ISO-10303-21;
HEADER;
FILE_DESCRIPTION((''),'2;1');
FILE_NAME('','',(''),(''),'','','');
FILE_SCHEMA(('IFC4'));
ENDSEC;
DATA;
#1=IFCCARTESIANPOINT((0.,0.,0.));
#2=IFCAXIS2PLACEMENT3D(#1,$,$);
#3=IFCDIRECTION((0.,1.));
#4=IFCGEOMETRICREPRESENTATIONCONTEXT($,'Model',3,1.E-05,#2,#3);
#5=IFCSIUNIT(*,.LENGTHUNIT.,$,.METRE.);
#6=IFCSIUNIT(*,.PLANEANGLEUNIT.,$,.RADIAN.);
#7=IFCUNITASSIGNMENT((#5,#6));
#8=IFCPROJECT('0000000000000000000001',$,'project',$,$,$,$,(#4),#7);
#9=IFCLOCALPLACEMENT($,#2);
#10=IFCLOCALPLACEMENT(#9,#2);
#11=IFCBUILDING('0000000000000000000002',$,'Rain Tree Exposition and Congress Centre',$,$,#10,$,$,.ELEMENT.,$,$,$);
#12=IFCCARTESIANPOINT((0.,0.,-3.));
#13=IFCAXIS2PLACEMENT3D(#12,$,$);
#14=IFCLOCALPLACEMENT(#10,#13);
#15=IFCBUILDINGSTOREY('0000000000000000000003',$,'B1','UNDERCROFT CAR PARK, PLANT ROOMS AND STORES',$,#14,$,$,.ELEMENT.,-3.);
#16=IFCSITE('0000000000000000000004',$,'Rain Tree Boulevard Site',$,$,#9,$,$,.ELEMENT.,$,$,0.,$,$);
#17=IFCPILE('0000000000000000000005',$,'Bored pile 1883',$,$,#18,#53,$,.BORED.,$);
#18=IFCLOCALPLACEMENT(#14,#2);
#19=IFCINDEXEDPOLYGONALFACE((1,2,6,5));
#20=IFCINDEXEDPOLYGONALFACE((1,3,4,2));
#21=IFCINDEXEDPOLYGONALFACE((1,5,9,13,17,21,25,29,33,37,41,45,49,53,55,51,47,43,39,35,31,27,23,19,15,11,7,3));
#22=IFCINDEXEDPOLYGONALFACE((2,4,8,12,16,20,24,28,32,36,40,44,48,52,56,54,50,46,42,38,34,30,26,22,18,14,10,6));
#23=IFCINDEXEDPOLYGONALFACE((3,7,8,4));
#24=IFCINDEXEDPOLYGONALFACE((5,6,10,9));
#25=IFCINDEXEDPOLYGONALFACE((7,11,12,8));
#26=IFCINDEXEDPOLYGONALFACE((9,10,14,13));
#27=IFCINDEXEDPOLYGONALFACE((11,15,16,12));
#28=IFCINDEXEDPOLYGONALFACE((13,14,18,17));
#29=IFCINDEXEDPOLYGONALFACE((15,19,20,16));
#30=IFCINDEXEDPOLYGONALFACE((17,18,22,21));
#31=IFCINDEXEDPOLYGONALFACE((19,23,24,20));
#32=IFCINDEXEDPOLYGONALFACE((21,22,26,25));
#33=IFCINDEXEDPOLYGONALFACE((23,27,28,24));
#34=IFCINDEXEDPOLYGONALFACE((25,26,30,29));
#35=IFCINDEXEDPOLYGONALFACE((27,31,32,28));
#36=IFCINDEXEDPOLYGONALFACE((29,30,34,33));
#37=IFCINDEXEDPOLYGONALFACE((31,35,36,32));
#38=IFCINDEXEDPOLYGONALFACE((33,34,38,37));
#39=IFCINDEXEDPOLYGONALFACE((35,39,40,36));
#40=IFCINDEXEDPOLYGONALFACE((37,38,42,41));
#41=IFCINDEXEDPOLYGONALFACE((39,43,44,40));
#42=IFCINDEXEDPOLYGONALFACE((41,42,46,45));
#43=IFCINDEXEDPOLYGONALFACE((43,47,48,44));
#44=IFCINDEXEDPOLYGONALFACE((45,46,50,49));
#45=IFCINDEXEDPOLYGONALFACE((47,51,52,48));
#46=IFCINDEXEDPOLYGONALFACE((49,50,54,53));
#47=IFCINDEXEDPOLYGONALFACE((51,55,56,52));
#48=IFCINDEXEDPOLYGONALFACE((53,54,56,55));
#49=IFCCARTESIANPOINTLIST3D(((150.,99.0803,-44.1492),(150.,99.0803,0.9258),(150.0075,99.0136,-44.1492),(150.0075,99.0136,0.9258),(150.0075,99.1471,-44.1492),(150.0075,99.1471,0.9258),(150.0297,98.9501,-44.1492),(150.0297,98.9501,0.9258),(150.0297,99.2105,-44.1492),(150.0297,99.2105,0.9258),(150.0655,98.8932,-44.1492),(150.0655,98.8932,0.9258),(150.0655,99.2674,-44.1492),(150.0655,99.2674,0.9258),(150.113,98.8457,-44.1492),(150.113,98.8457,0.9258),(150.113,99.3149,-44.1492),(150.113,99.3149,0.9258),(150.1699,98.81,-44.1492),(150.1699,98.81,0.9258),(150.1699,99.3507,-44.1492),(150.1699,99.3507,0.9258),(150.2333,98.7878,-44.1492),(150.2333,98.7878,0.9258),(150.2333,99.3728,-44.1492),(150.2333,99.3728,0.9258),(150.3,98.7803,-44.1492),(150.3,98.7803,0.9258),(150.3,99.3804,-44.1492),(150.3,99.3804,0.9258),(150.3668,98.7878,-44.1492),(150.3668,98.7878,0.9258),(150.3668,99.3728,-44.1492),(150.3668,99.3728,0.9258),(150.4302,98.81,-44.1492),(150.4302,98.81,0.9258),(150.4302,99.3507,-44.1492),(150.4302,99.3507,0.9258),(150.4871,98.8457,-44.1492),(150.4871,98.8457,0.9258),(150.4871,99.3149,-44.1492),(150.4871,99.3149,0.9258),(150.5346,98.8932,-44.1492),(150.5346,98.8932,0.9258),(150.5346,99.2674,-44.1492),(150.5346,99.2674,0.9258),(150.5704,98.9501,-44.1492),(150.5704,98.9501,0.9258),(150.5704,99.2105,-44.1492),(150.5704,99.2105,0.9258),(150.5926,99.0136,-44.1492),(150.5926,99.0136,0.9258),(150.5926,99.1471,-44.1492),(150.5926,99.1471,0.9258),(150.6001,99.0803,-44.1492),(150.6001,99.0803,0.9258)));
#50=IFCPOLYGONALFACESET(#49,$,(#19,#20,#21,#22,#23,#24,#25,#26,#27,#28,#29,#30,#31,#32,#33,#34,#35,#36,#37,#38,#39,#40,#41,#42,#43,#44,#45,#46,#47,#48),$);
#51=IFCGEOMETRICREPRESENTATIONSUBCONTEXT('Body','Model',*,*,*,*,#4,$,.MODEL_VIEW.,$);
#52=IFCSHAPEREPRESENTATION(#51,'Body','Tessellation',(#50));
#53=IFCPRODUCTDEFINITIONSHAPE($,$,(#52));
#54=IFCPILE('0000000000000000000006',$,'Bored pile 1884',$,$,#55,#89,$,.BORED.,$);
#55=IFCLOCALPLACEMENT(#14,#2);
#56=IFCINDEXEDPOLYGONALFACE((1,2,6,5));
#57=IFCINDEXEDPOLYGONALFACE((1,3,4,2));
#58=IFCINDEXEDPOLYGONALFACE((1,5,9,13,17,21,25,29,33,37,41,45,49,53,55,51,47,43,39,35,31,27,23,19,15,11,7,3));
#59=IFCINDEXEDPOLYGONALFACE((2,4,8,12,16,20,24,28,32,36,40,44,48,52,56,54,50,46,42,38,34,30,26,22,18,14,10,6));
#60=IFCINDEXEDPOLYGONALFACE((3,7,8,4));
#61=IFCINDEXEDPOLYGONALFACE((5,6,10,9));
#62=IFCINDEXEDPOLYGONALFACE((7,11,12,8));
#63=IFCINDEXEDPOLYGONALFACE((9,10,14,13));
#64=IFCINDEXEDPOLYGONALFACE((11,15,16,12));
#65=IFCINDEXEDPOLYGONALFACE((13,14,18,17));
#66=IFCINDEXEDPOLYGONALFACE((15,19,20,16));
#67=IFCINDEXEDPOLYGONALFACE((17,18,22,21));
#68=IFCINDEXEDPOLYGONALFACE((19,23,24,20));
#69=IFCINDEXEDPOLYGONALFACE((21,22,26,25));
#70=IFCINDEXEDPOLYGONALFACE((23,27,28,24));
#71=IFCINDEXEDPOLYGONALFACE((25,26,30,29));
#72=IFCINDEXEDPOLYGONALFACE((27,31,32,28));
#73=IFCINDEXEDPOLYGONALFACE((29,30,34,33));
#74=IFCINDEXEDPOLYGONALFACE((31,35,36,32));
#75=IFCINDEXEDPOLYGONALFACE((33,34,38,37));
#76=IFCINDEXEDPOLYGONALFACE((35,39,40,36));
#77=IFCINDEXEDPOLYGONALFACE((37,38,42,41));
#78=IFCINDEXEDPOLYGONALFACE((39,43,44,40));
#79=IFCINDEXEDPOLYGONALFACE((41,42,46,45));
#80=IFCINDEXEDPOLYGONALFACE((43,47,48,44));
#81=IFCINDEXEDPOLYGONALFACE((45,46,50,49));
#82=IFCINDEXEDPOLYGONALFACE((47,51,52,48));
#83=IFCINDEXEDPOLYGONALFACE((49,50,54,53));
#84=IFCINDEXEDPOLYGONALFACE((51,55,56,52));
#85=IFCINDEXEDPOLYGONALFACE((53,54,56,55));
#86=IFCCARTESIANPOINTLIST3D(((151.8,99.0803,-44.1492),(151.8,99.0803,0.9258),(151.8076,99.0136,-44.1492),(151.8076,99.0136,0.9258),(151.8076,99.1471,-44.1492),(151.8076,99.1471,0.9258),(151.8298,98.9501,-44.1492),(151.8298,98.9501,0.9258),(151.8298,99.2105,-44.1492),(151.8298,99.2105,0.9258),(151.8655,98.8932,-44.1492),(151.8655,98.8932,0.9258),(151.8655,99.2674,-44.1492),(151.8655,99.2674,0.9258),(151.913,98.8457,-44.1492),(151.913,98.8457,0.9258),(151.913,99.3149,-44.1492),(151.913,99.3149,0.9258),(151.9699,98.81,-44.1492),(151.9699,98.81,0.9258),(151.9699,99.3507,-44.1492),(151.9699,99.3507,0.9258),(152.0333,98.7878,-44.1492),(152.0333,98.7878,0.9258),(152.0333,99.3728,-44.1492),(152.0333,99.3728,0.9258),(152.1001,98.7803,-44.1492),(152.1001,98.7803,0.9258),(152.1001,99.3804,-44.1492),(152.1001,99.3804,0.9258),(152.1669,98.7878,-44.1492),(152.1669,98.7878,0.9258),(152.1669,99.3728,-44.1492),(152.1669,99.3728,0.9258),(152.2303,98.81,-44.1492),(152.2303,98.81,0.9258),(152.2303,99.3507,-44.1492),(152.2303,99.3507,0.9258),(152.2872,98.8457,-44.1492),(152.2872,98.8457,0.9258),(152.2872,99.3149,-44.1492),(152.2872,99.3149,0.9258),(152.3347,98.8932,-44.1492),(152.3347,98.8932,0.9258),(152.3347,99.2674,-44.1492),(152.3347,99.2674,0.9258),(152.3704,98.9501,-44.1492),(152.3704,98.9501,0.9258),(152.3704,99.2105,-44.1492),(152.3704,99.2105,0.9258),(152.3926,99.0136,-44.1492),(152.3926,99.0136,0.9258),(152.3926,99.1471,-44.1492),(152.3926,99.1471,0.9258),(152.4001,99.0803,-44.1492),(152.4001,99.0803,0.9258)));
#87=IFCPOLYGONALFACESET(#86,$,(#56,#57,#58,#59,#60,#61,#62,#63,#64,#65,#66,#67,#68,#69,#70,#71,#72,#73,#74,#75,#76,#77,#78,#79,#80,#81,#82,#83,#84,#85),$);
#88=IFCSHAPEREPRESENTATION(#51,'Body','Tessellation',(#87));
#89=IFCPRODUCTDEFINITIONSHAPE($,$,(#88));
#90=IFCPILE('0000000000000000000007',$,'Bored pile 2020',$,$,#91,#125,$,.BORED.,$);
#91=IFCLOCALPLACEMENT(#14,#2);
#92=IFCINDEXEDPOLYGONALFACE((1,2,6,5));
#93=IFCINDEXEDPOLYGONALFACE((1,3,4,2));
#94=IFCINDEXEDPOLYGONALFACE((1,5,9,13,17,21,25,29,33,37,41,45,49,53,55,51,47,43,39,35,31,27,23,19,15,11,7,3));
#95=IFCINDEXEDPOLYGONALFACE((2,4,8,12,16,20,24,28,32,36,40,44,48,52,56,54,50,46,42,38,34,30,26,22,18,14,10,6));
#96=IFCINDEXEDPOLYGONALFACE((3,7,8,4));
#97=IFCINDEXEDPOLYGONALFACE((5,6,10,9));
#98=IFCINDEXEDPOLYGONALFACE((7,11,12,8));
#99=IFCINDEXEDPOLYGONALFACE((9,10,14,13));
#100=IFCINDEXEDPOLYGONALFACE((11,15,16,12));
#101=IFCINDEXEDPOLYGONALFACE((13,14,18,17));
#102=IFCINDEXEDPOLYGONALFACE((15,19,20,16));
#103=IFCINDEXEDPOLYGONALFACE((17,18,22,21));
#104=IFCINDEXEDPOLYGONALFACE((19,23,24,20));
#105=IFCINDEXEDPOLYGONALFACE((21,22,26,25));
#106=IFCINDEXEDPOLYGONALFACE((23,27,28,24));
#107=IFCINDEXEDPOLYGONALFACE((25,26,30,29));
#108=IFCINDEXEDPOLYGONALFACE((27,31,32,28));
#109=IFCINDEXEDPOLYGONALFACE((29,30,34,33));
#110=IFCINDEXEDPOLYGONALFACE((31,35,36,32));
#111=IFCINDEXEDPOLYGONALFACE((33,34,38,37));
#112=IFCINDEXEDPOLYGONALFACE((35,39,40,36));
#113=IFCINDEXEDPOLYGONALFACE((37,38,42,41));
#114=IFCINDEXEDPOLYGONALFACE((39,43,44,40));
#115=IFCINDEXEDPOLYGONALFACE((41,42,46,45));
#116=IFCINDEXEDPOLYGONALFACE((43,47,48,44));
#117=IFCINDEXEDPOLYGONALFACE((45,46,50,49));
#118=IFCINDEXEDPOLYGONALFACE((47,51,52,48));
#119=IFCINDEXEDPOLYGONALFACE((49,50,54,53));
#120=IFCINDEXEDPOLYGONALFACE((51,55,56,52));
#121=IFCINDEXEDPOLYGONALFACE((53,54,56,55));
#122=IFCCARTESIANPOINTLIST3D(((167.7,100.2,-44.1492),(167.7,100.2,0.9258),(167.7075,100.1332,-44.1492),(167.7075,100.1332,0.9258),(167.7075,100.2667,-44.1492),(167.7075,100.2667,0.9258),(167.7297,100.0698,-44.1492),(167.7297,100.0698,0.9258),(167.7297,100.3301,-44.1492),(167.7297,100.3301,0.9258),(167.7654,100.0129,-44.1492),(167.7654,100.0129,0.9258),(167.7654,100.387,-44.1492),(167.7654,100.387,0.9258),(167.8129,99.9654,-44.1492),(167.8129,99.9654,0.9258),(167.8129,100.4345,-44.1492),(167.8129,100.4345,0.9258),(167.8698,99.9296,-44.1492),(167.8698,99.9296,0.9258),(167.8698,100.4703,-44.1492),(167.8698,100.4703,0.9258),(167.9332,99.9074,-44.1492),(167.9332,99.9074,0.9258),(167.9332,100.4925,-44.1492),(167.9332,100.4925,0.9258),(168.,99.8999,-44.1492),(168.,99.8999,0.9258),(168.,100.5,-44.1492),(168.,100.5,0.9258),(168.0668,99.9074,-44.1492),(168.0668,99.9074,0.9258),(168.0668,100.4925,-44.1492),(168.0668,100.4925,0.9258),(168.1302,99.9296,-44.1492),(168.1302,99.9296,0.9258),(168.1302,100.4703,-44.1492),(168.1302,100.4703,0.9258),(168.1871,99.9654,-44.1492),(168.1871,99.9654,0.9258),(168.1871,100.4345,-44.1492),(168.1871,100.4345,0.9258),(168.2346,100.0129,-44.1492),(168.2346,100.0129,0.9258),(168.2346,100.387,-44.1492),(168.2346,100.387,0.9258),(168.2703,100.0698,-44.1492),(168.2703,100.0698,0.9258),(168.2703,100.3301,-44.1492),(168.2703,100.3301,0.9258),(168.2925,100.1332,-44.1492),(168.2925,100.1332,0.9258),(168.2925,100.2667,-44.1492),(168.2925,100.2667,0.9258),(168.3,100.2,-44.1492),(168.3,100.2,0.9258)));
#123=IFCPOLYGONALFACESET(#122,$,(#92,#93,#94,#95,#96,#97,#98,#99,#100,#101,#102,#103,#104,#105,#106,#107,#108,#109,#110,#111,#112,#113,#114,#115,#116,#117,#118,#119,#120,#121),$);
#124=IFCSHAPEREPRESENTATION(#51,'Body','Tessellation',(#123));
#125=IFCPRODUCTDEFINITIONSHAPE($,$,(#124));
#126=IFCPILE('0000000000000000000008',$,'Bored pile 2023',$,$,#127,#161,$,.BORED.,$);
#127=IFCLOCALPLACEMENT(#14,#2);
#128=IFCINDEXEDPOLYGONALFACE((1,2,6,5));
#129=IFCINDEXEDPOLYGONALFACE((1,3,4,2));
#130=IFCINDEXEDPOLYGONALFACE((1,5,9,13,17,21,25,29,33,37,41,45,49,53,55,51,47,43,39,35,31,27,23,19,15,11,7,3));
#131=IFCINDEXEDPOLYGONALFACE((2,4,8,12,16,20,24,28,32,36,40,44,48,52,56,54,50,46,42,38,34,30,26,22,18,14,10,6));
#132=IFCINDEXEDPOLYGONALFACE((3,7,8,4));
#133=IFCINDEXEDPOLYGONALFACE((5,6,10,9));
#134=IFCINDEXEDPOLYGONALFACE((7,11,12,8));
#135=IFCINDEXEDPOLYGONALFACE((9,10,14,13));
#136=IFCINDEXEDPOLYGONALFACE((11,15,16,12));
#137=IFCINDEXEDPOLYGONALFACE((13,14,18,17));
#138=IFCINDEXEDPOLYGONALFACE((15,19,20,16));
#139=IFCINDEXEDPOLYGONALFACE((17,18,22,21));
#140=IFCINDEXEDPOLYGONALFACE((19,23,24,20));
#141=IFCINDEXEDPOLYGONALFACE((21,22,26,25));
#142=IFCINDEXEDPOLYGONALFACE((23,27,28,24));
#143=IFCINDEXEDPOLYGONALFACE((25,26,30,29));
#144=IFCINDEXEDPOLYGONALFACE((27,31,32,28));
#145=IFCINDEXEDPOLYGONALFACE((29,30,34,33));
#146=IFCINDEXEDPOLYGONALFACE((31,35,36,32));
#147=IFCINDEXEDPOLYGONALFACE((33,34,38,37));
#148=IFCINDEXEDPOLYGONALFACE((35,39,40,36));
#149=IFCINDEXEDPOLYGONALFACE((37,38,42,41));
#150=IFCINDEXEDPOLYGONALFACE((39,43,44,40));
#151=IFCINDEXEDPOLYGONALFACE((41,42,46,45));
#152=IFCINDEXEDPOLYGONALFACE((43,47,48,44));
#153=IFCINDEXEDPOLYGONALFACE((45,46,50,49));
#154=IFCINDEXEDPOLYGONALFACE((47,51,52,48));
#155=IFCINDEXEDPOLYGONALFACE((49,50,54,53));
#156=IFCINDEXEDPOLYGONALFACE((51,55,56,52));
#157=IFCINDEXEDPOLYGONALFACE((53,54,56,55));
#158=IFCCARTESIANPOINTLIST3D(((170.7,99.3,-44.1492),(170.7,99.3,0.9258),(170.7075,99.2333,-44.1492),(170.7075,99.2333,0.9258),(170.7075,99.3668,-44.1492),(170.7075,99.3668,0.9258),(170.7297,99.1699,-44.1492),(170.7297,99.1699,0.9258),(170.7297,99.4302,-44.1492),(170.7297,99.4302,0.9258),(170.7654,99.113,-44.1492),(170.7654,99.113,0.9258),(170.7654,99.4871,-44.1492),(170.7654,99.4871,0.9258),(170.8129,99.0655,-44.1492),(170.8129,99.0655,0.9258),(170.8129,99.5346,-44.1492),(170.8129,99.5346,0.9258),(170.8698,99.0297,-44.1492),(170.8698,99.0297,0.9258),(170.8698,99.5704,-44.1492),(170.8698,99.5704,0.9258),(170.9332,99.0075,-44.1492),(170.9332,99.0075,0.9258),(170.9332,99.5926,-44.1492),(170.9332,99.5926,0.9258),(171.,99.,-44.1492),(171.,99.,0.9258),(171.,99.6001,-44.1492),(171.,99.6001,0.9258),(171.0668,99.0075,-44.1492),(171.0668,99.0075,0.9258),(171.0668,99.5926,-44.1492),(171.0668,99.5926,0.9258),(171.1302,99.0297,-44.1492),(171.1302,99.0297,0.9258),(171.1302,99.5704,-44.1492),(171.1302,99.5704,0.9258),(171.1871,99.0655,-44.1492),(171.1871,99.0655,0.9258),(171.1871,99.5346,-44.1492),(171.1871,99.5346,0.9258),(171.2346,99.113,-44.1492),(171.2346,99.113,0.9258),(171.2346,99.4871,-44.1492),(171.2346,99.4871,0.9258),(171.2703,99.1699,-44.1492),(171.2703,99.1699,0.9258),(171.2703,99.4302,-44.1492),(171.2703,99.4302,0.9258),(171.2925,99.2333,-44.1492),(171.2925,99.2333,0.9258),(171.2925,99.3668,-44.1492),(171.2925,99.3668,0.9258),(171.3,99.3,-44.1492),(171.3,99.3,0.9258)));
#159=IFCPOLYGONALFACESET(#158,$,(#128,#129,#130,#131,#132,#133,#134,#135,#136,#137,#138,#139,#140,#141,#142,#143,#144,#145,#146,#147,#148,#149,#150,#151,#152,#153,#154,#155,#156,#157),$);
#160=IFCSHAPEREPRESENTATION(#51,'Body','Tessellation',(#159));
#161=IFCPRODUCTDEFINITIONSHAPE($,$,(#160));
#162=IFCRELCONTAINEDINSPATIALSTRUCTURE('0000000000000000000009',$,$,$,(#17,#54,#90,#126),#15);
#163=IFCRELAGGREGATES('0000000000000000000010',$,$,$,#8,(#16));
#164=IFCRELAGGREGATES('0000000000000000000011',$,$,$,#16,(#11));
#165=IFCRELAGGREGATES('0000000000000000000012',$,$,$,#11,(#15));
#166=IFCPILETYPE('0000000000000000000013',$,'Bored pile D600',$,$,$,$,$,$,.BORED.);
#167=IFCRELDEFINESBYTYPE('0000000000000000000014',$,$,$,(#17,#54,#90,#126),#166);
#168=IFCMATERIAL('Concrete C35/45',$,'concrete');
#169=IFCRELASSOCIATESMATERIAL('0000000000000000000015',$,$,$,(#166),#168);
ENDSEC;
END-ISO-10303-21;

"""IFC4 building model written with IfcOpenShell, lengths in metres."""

from ifc_helpers import new_model, si_unit, direction, frame, origin, origin_2d, place, context, subcontext, project, spatial, circle, extrude, material, material_profile, profile_set, type_object, element, save


model = new_model("IFC4")

# Units and contexts
model_context = context("Model", 3, precision=1e-05, world=origin(), true_north=direction((0.0, 1.0)))
body_context = subcontext(model_context, "Body", "Model", "MODEL_VIEW")
ifc_project = project(units=[si_unit("LENGTHUNIT", "METRE"), si_unit("PLANEANGLEUNIT", "RADIAN")], contexts=[model_context])

# Site, building, storey
site_placement = place(None, origin())
site = spatial("IfcSite", under=ifc_project, at=site_placement, Name="Rain Tree Boulevard Site", CompositionType="ELEMENT", RefElevation=0.0)
building_placement = place(site_placement, origin())
building = spatial("IfcBuilding", under=site, at=building_placement, Name="Rain Tree Exposition and Congress Centre", CompositionType="ELEMENT")
storey_placement = place(building_placement, frame((0.0, 0.0, -3.0)))
storey = spatial("IfcBuildingStorey", under=building, at=storey_placement, Name="B1", Description="UNDERCROFT CAR PARK, PLANT ROOMS AND STORES", CompositionType="ELEMENT", Elevation=-3.0)

# Piles
ifc_material_1 = material(Name="Concrete C35/45", Category="concrete")
ifc_material_profile_1 = material_profile(ifc_material_1, circle(Radius=0.3, at=origin_2d()), Name="D600")
ifc_profile_set_1 = profile_set([ifc_material_profile_1], Name="Concrete C35/45")
pile_type_1 = type_object("IfcPileType", Name="Bored pile D600", PredefinedType="BORED", material=ifc_profile_set_1)
for number, where, z_axis, x_axis, name in (
    (1, (150.3, 99.0803, 0.9258), (0.0, 0.0, -1.0), (1.0, 0.0, 0.0), "Bored pile 1883"),
    (2, (152.1001, 99.0803, 0.9258), (0.0, 0.0, -1.0), (1.0, 0.0, 0.0), "Bored pile 1884"),
    (3, (168.0, 100.2, 0.9258), (0.0, 0.0, -1.0), (1.0, 0.0, 0.0), "Bored pile 2020"),
    (4, (171.0, 99.3, 0.9258), (0.0, 0.0, -1.0), (1.0, 0.0, 0.0), "Bored pile 2023"),
):
    element("IfcPile", number, at=place(storey_placement, frame(where, z_axis=z_axis, x_axis=x_axis)), inside=storey, type_object=pile_type_1, Name=name, PredefinedType="BORED", context=body_context, shape_type="SweptSolid", body=[
        extrude(circle(Radius=0.3, at=origin_2d()), origin(), (0.0, 0.0, 1.0), 45.075),
    ])

save(model, "model.ifc")
